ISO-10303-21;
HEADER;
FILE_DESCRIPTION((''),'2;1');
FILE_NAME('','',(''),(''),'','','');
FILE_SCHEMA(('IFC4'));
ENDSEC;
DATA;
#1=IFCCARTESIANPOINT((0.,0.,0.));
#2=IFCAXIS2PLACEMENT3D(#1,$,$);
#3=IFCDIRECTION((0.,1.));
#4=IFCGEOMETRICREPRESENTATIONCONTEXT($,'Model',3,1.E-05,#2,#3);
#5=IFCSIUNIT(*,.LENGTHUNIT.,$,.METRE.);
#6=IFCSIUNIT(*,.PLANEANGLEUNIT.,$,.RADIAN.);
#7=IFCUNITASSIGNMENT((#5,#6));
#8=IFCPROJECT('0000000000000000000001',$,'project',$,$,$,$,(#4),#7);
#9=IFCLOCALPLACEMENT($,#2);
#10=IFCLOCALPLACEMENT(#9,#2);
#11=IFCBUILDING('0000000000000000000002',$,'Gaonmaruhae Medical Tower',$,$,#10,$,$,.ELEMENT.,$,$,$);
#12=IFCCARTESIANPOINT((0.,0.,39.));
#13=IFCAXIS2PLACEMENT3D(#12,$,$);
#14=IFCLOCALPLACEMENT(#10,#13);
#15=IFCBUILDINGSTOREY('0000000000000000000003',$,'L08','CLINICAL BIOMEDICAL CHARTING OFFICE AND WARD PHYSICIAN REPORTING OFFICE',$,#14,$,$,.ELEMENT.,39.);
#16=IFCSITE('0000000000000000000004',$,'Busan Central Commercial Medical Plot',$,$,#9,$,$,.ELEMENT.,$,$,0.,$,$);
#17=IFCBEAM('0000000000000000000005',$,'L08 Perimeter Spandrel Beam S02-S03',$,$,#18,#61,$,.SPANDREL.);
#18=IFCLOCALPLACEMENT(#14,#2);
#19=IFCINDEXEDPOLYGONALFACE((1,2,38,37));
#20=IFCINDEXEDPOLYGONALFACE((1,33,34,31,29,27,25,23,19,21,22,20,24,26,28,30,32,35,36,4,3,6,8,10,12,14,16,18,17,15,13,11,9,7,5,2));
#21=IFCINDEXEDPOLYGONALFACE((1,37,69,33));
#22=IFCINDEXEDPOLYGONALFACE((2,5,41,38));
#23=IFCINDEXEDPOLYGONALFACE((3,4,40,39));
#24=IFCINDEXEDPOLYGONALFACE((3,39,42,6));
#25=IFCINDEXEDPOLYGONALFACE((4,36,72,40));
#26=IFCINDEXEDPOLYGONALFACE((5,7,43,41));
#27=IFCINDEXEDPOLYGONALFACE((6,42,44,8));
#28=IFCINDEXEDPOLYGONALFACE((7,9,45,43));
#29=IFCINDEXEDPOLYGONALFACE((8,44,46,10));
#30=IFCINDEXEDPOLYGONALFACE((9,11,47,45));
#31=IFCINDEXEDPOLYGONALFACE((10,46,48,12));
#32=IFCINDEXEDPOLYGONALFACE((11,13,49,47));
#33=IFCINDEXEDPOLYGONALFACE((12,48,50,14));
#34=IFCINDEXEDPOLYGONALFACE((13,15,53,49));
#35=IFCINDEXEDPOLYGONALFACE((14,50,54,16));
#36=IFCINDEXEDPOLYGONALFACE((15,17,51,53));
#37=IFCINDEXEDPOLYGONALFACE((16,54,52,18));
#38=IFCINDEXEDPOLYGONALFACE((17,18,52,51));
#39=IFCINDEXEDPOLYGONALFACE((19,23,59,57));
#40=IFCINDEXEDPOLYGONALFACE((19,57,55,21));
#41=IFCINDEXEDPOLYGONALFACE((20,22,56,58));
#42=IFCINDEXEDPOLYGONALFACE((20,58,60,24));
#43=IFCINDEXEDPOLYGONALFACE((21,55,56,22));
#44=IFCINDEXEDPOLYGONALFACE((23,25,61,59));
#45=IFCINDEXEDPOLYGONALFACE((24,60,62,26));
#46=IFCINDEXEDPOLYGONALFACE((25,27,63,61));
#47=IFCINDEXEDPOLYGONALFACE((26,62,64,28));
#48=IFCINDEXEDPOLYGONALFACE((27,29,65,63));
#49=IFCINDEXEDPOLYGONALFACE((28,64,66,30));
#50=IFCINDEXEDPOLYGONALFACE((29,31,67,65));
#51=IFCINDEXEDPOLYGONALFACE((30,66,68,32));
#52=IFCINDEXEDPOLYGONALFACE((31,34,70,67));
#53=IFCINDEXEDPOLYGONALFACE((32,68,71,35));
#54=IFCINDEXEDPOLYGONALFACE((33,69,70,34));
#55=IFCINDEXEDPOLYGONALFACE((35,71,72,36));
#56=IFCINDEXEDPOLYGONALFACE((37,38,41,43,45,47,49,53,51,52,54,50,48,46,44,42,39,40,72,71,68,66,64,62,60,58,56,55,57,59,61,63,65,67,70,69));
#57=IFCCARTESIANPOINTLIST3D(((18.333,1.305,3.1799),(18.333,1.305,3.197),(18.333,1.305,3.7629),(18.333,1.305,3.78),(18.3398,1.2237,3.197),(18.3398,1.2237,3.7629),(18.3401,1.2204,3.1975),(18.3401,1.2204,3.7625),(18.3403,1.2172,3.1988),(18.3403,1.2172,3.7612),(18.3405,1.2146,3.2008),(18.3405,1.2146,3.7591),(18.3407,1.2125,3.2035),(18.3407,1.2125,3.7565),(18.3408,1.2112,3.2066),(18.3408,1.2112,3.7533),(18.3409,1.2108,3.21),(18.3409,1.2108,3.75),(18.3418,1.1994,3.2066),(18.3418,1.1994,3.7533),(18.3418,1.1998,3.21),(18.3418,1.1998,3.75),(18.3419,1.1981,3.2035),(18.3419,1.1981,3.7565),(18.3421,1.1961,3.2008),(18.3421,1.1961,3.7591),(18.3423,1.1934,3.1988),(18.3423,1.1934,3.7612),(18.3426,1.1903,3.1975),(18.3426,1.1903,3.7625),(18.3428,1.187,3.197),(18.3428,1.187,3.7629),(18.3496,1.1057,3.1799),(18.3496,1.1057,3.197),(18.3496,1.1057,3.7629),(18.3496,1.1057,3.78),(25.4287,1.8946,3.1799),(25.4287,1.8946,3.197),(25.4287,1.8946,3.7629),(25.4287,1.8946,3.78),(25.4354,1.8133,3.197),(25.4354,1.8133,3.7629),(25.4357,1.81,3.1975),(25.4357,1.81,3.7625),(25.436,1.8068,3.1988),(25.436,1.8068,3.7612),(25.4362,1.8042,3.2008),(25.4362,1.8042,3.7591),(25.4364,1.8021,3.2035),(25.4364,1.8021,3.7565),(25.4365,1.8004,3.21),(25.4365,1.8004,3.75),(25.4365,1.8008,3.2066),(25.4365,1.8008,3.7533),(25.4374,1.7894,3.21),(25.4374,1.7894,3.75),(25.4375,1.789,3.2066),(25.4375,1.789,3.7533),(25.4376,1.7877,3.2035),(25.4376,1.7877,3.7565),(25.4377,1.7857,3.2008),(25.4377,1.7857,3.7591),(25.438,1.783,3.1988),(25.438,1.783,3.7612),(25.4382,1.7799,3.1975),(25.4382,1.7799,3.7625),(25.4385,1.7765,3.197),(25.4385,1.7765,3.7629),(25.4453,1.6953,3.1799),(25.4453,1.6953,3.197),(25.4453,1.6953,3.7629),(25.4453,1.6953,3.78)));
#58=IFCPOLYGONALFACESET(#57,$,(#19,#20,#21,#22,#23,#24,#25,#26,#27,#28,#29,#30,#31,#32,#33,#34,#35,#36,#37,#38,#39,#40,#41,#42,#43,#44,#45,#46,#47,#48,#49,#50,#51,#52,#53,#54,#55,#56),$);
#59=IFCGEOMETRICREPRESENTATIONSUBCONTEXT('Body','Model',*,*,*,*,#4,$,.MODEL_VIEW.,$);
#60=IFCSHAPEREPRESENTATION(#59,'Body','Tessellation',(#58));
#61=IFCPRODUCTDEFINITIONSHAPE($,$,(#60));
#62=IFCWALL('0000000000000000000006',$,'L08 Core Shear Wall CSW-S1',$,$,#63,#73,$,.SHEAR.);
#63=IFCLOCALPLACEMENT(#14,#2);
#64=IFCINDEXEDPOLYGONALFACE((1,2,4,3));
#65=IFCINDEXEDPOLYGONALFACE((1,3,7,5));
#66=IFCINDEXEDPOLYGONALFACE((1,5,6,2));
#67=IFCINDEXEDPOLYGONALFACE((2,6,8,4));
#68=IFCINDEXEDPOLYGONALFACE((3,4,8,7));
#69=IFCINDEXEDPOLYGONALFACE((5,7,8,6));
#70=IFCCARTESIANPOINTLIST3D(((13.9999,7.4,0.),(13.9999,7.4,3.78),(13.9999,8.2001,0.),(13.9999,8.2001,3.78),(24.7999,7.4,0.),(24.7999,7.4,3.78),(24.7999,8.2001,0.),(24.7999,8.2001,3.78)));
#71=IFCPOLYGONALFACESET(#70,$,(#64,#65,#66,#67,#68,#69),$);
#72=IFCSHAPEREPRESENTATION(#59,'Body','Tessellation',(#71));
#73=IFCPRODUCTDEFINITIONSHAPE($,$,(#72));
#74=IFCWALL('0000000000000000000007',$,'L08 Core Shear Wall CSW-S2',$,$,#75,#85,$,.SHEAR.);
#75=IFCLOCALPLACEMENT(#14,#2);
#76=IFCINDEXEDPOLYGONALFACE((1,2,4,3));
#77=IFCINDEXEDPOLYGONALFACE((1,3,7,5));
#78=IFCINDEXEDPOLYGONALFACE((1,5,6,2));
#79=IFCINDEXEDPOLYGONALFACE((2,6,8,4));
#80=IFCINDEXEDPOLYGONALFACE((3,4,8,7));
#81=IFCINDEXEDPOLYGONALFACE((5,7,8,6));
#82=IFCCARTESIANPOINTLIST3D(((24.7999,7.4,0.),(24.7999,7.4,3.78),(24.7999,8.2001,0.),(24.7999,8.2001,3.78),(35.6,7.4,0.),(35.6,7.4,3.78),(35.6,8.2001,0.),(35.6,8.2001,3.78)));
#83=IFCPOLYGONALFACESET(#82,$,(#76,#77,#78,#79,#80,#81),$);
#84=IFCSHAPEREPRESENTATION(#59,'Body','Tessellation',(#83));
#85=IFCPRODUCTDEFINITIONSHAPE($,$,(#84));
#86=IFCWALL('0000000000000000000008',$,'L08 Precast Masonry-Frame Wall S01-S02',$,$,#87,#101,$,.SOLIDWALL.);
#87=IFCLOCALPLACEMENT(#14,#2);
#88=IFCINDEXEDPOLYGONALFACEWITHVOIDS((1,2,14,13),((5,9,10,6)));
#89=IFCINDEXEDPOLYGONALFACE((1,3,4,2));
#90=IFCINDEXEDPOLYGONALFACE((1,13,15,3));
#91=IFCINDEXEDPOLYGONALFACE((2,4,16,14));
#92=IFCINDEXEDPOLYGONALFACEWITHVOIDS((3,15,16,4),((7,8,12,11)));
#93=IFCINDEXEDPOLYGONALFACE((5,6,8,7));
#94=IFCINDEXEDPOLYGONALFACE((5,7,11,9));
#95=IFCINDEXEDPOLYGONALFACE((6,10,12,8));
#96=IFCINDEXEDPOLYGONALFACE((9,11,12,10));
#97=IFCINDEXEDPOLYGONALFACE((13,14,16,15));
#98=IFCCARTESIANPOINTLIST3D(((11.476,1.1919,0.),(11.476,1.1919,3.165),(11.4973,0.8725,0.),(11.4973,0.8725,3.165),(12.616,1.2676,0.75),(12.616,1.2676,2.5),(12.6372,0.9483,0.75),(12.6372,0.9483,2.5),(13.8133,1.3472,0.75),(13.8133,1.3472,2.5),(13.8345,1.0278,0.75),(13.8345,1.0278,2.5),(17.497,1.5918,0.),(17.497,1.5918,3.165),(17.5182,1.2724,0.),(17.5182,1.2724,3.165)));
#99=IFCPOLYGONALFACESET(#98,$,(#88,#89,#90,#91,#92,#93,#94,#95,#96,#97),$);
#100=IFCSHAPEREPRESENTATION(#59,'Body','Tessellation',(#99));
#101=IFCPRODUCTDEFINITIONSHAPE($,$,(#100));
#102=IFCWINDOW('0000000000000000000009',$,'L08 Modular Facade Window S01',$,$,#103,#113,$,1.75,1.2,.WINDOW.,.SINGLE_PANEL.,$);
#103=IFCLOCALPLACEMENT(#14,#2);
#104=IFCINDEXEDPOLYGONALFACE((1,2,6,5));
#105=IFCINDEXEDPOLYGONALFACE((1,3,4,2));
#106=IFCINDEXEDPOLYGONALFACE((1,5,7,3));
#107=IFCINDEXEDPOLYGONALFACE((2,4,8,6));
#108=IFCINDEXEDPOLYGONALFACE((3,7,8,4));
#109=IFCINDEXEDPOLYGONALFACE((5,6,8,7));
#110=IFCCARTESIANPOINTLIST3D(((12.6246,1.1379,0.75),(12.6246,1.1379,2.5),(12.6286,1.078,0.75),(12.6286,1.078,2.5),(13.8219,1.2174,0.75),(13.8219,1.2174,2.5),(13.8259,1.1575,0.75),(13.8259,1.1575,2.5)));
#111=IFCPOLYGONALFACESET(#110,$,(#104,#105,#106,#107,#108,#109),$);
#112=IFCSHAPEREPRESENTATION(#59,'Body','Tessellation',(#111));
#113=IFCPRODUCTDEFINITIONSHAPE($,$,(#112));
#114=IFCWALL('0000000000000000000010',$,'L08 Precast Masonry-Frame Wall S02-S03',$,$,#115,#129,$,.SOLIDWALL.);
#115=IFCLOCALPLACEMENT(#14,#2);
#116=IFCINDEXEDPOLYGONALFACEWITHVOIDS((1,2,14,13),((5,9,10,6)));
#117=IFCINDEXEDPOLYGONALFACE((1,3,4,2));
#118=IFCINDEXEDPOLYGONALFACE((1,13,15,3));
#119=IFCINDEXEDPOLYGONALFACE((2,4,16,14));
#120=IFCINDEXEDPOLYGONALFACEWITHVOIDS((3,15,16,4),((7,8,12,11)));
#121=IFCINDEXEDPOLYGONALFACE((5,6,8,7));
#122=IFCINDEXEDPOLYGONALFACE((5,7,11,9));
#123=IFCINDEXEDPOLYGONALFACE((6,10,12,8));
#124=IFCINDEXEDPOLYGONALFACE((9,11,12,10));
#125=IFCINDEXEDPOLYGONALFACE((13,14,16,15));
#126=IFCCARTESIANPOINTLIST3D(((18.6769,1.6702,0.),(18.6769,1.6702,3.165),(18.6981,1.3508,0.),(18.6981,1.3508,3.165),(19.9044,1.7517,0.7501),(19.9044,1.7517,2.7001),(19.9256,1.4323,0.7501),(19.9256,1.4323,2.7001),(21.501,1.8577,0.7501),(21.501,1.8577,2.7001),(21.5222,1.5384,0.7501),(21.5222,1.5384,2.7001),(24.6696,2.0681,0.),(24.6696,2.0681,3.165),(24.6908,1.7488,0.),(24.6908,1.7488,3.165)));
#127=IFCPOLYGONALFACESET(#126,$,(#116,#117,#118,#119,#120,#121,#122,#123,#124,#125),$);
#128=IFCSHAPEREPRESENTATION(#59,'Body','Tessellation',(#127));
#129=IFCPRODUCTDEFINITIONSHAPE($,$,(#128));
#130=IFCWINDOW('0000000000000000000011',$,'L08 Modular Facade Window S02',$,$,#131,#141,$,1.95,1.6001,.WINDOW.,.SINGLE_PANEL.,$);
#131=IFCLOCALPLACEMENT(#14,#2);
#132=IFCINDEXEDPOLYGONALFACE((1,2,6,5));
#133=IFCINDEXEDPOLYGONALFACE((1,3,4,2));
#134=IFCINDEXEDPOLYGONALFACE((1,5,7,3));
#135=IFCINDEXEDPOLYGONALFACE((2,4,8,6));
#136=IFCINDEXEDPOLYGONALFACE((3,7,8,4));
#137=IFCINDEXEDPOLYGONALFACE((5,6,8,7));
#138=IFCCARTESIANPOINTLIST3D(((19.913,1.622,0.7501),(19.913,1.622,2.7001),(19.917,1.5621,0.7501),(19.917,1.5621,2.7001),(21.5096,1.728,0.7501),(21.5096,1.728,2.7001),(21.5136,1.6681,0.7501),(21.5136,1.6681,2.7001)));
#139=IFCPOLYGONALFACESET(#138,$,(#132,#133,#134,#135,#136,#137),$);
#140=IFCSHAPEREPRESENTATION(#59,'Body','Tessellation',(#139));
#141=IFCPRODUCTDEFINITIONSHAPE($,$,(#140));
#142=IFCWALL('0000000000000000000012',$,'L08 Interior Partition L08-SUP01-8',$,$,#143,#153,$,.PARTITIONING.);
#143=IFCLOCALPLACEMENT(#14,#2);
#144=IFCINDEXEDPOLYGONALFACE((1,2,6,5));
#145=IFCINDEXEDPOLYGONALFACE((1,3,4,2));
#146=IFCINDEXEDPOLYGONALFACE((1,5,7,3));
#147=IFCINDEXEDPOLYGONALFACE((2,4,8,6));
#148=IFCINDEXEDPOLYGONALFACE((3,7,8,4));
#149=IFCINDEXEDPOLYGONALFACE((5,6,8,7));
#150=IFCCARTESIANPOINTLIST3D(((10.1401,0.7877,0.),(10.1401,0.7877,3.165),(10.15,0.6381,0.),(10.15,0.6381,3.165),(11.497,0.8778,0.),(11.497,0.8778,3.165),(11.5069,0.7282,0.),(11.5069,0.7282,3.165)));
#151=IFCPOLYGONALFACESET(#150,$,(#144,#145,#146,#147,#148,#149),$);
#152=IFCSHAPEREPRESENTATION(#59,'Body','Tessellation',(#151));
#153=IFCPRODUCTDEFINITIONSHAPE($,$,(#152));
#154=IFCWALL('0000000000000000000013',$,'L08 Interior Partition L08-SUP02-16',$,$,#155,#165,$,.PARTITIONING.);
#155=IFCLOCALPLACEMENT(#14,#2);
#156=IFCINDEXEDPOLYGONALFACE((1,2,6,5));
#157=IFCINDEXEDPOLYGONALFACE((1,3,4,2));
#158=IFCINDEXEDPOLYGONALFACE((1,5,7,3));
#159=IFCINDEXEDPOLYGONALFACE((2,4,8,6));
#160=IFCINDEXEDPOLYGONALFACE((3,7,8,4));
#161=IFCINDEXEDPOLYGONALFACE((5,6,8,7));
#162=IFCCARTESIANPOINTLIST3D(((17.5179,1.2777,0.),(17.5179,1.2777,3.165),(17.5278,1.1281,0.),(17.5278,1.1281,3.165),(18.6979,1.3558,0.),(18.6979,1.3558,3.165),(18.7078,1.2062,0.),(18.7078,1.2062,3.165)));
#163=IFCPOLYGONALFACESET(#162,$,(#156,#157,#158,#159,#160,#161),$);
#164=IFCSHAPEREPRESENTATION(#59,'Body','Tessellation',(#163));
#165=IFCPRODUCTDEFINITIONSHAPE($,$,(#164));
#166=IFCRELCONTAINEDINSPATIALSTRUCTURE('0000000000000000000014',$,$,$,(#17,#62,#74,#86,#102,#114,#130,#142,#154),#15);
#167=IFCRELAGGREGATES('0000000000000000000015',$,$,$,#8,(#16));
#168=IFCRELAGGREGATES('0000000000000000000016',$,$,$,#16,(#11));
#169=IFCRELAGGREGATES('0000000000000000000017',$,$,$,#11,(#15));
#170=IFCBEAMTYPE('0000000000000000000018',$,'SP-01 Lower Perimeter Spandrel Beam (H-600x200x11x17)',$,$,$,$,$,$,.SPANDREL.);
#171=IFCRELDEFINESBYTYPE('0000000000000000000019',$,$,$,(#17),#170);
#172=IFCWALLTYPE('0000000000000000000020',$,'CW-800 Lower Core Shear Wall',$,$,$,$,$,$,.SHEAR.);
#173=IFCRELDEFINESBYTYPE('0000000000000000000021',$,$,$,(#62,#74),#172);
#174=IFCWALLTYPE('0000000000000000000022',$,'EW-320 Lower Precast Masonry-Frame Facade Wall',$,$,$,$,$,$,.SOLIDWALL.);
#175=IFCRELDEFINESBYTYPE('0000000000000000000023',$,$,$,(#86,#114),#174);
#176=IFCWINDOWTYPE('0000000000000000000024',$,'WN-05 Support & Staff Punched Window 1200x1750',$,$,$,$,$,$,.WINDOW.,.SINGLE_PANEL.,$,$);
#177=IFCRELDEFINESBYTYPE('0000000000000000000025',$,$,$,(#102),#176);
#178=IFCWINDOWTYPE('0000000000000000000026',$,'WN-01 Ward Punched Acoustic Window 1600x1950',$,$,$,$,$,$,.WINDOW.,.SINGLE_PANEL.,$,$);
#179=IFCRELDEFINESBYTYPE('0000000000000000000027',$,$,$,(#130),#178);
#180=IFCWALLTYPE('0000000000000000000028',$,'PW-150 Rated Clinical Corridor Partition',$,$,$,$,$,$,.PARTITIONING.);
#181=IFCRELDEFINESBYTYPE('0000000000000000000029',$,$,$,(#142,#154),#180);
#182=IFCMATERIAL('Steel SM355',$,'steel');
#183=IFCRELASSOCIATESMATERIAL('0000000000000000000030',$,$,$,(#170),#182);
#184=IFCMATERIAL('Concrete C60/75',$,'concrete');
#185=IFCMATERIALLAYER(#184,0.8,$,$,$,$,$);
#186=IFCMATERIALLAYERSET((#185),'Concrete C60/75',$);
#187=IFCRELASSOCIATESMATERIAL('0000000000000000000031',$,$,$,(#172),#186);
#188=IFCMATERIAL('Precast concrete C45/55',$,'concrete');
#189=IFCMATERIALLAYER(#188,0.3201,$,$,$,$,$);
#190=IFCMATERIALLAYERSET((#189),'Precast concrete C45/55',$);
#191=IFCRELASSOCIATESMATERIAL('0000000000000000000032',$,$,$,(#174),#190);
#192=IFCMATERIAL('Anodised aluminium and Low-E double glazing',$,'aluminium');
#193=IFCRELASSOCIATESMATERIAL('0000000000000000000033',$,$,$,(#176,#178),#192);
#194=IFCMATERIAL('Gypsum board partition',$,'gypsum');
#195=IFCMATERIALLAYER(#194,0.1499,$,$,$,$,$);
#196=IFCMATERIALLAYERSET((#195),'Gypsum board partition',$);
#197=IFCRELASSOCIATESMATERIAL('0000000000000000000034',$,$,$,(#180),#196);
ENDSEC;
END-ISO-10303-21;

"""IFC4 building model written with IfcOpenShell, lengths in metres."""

from ifc_helpers import new_model, si_unit, direction, frame, frame_2d, origin, origin_2d, place, context, subcontext, project, spatial, rectangle, i_section, extrude, material, layer, layer_set, material_profile, profile_set, type_object, element, fill, save


model = new_model("IFC4")

# Units and contexts
model_context = context("Model", 3, precision=1e-05, world=origin(), true_north=direction((0.0, 1.0)))
body_context = subcontext(model_context, "Body", "Model", "MODEL_VIEW")
ifc_project = project(units=[si_unit("LENGTHUNIT", "METRE"), si_unit("PLANEANGLEUNIT", "RADIAN")], contexts=[model_context])

# Site, building, storey
site_placement = place(None, origin())
site = spatial("IfcSite", under=ifc_project, at=site_placement, Name="Busan Central Commercial Medical Plot", CompositionType="ELEMENT", RefElevation=0.0)
building_placement = place(site_placement, origin())
building = spatial("IfcBuilding", under=site, at=building_placement, Name="Gaonmaruhae Medical Tower", CompositionType="ELEMENT")
storey_placement = place(building_placement, frame((0.0, 0.0, 39.0)))
storey = spatial("IfcBuildingStorey", under=building, at=storey_placement, Name="L08", Description="CLINICAL BIOMEDICAL CHARTING OFFICE AND WARD PHYSICIAN REPORTING OFFICE", CompositionType="ELEMENT", Elevation=39.0)

# Shared definitions
ifc_material_1 = material(Name="Concrete C60/75", Category="concrete")

# Beam
ifc_material_2 = material(Name="Steel SM355", Category="steel")
ifc_material_profile_1 = material_profile(ifc_material_2, i_section(OverallWidth=0.2, OverallDepth=0.6001, WebThickness=0.011, FlangeThickness=0.0171, FilletRadius=0.0129, at=origin_2d()), Name="H-600x200x11x17")
ifc_profile_set_1 = profile_set([ifc_material_profile_1], Name="Steel SM355")
beam_type_1 = type_object("IfcBeamType", Name="SP-01 Lower Perimeter Spandrel Beam (H-600x200x11x17)", PredefinedType="SPANDREL", material=ifc_profile_set_1)
beam_1_placement = place(storey_placement, frame((18.3413, 1.2053, 3.48), z_axis=(0.996566, 0.082807, 0.0), x_axis=(-0.082807, 0.996566, 0.0)))
element("IfcBeam", 1, at=beam_1_placement, inside=storey, type_object=beam_type_1, Name="L08 Perimeter Spandrel Beam S02-S03", PredefinedType="SPANDREL", context=body_context, shape_type="SweptSolid", body=[
    extrude(i_section(OverallWidth=0.2, OverallDepth=0.6001, WebThickness=0.011, FlangeThickness=0.0171, FilletRadius=0.0129, at=origin_2d()), origin(), (0.0, 0.0, 1.0), 7.1201),
])

# Walls
ifc_layer_1 = layer(ifc_material_1, 0.8)
ifc_layer_set_1 = layer_set([ifc_layer_1], Name="Concrete C60/75")
wall_type_1 = type_object("IfcWallType", Name="CW-800 Lower Core Shear Wall", PredefinedType="SHEAR", material=ifc_layer_set_1)
for number, where, z_axis, x_axis, name in (
    (2, (14.0, 7.8, 0.0), (0.0, 0.0, 1.0), (1.0, 0.0, 0.0), "L08 Core Shear Wall CSW-S1"),
    (3, (24.8, 7.8, 0.0), (0.0, 0.0, 1.0), (1.0, 0.0, 0.0), "L08 Core Shear Wall CSW-S2"),
):
    element("IfcWall", number, at=place(storey_placement, frame(where, z_axis=z_axis, x_axis=x_axis)), inside=storey, type_object=wall_type_1, Name=name, PredefinedType="SHEAR", context=body_context, shape_type="SweptSolid", body=[
        extrude(rectangle(XDim=10.8, YDim=0.8, at=frame_2d((5.3999, 0.0))), origin(), (0.0, 0.0, 1.0), 3.78),
    ])

# Walls, openings, windows
ifc_material_3 = material(Name="Precast concrete C45/55", Category="concrete")
ifc_layer_2 = layer(ifc_material_3, 0.3201)
ifc_layer_set_2 = layer_set([ifc_layer_2], Name="Precast concrete C45/55")
wall_type_2 = type_object("IfcWallType", Name="EW-320 Lower Precast Masonry-Frame Facade Wall", PredefinedType="SOLIDWALL", material=ifc_layer_set_2)
wall_1_placement = place(storey_placement, frame((17.5076, 1.4321, 0.0), z_axis=(0.0, 0.0, 1.0), x_axis=(-0.997802, -0.066272, 0.0)))
wall_1 = element("IfcWall", 4, at=wall_1_placement, inside=storey, type_object=wall_type_2, Name="L08 Precast Masonry-Frame Wall S01-S02", PredefinedType="SOLIDWALL", context=body_context, shape_type="SweptSolid", body=[
    extrude(rectangle(XDim=6.0342, YDim=0.3201, at=frame_2d((3.0171, 0.0))), origin(), (0.0, 0.0, 1.0), 3.165),
])
opening_1_placement = place(wall_1_placement, frame((3.6917, 0.0, 0.75)))
opening_1 = element("IfcOpeningElement", 5, at=opening_1_placement, cuts=wall_1, PredefinedType="OPENING", context=body_context, shape_type="SweptSolid", body=[
    extrude(rectangle(XDim=1.2, YDim=1.75, at=frame_2d((0.6001, 0.875))), frame((0.0, 0.1699, 0.0), z_axis=(0.0, -1.0, 0.0), x_axis=(1.0, 0.0, 0.0)), (0.0, 0.0, 1.0), 0.3401),
])
ifc_material_4 = material(Name="Anodised aluminium and Low-E double glazing", Category="aluminium")
window_type_1 = type_object("IfcWindowType", Name="WN-05 Support & Staff Punched Window 1200x1750", PartitioningType="SINGLE_PANEL", PredefinedType="WINDOW", material=ifc_material_4)
window_1_placement = place(opening_1_placement, origin())
window_1 = element("IfcWindow", 6, at=window_1_placement, inside=storey, type_object=window_type_1, Name="L08 Modular Facade Window S01", OverallHeight=1.75, OverallWidth=1.2, PartitioningType="SINGLE_PANEL", PredefinedType="WINDOW", context=body_context, shape_type="SweptSolid", body=[
    extrude(rectangle(XDim=1.2, YDim=1.75, at=frame_2d((0.6001, 0.875))), frame((0.0, 0.03, 0.0), z_axis=(0.0, -1.0, 0.0), x_axis=(1.0, 0.0, 0.0)), (0.0, 0.0, 1.0), 0.0601),
])
fill(opening_1, window_1)
wall_2_placement = place(storey_placement, frame((24.6802, 1.9084, 0.0), z_axis=(0.0, 0.0, 1.0), x_axis=(-0.997802, -0.06626, 0.0)))
wall_2 = element("IfcWall", 7, at=wall_2_placement, inside=storey, type_object=wall_type_2, Name="L08 Precast Masonry-Frame Wall S02-S03", PredefinedType="SOLIDWALL", context=body_context, shape_type="SweptSolid", body=[
    extrude(rectangle(XDim=6.0059, YDim=0.3201, at=frame_2d((3.0029, 0.0))), origin(), (0.0, 0.0, 1.0), 3.165),
])
opening_2_placement = place(wall_2_placement, frame((3.1755, 0.0, 0.75)))
opening_2 = element("IfcOpeningElement", 8, at=opening_2_placement, cuts=wall_2, PredefinedType="OPENING", context=body_context, shape_type="SweptSolid", body=[
    extrude(rectangle(XDim=1.6001, YDim=1.95, at=frame_2d((0.8, 0.9751))), frame((0.0, 0.1699, 0.0), z_axis=(0.0, -1.0, 0.0), x_axis=(1.0, 0.0, 0.0)), (0.0, 0.0, 1.0), 0.3401),
])
window_type_2 = type_object("IfcWindowType", Name="WN-01 Ward Punched Acoustic Window 1600x1950", PartitioningType="SINGLE_PANEL", PredefinedType="WINDOW", material=ifc_material_4)
window_2_placement = place(opening_2_placement, origin())
window_2 = element("IfcWindow", 9, at=window_2_placement, inside=storey, type_object=window_type_2, Name="L08 Modular Facade Window S02", OverallHeight=1.95, OverallWidth=1.6001, PartitioningType="SINGLE_PANEL", PredefinedType="WINDOW", context=body_context, shape_type="SweptSolid", body=[
    extrude(rectangle(XDim=1.6001, YDim=1.95, at=frame_2d((0.8, 0.9751))), frame((0.0, 0.03, 0.0), z_axis=(0.0, -1.0, 0.0), x_axis=(1.0, 0.0, 0.0)), (0.0, 0.0, 1.0), 0.0601),
])
fill(opening_2, window_2)

# Walls
ifc_material_5 = material(Name="Gypsum board partition", Category="gypsum")
ifc_layer_3 = layer(ifc_material_5, 0.1499)
ifc_layer_set_3 = layer_set([ifc_layer_3], Name="Gypsum board partition")
wall_type_3 = type_object("IfcWallType", Name="PW-150 Rated Clinical Corridor Partition", PredefinedType="PARTITIONING", material=ifc_layer_set_3)
wall_3_placement = place(storey_placement, frame((11.502, 0.803, 0.0), z_axis=(0.0, 0.0, 1.0), x_axis=(-0.997803, -0.066245, 0.0)))
element("IfcWall", 10, at=wall_3_placement, inside=storey, type_object=wall_type_3, Name="L08 Interior Partition L08-SUP01-8", PredefinedType="PARTITIONING", context=body_context, shape_type="SweptSolid", body=[
    extrude(rectangle(XDim=1.3599, YDim=0.1499, at=frame_2d((0.6799, 0.0))), origin(), (0.0, 0.0, 1.0), 3.165),
])
wall_4_placement = place(storey_placement, frame((18.7029, 1.281, 0.0), z_axis=(0.0, 0.0, 1.0), x_axis=(-0.997815, -0.066067, 0.0)))
element("IfcWall", 11, at=wall_4_placement, inside=storey, type_object=wall_type_3, Name="L08 Interior Partition L08-SUP02-16", PredefinedType="PARTITIONING", context=body_context, shape_type="SweptSolid", body=[
    extrude(rectangle(XDim=1.1826, YDim=0.1499, at=frame_2d((0.5913, 0.0))), origin(), (0.0, 0.0, 1.0), 3.165),
])

save(model, "model.ifc")
